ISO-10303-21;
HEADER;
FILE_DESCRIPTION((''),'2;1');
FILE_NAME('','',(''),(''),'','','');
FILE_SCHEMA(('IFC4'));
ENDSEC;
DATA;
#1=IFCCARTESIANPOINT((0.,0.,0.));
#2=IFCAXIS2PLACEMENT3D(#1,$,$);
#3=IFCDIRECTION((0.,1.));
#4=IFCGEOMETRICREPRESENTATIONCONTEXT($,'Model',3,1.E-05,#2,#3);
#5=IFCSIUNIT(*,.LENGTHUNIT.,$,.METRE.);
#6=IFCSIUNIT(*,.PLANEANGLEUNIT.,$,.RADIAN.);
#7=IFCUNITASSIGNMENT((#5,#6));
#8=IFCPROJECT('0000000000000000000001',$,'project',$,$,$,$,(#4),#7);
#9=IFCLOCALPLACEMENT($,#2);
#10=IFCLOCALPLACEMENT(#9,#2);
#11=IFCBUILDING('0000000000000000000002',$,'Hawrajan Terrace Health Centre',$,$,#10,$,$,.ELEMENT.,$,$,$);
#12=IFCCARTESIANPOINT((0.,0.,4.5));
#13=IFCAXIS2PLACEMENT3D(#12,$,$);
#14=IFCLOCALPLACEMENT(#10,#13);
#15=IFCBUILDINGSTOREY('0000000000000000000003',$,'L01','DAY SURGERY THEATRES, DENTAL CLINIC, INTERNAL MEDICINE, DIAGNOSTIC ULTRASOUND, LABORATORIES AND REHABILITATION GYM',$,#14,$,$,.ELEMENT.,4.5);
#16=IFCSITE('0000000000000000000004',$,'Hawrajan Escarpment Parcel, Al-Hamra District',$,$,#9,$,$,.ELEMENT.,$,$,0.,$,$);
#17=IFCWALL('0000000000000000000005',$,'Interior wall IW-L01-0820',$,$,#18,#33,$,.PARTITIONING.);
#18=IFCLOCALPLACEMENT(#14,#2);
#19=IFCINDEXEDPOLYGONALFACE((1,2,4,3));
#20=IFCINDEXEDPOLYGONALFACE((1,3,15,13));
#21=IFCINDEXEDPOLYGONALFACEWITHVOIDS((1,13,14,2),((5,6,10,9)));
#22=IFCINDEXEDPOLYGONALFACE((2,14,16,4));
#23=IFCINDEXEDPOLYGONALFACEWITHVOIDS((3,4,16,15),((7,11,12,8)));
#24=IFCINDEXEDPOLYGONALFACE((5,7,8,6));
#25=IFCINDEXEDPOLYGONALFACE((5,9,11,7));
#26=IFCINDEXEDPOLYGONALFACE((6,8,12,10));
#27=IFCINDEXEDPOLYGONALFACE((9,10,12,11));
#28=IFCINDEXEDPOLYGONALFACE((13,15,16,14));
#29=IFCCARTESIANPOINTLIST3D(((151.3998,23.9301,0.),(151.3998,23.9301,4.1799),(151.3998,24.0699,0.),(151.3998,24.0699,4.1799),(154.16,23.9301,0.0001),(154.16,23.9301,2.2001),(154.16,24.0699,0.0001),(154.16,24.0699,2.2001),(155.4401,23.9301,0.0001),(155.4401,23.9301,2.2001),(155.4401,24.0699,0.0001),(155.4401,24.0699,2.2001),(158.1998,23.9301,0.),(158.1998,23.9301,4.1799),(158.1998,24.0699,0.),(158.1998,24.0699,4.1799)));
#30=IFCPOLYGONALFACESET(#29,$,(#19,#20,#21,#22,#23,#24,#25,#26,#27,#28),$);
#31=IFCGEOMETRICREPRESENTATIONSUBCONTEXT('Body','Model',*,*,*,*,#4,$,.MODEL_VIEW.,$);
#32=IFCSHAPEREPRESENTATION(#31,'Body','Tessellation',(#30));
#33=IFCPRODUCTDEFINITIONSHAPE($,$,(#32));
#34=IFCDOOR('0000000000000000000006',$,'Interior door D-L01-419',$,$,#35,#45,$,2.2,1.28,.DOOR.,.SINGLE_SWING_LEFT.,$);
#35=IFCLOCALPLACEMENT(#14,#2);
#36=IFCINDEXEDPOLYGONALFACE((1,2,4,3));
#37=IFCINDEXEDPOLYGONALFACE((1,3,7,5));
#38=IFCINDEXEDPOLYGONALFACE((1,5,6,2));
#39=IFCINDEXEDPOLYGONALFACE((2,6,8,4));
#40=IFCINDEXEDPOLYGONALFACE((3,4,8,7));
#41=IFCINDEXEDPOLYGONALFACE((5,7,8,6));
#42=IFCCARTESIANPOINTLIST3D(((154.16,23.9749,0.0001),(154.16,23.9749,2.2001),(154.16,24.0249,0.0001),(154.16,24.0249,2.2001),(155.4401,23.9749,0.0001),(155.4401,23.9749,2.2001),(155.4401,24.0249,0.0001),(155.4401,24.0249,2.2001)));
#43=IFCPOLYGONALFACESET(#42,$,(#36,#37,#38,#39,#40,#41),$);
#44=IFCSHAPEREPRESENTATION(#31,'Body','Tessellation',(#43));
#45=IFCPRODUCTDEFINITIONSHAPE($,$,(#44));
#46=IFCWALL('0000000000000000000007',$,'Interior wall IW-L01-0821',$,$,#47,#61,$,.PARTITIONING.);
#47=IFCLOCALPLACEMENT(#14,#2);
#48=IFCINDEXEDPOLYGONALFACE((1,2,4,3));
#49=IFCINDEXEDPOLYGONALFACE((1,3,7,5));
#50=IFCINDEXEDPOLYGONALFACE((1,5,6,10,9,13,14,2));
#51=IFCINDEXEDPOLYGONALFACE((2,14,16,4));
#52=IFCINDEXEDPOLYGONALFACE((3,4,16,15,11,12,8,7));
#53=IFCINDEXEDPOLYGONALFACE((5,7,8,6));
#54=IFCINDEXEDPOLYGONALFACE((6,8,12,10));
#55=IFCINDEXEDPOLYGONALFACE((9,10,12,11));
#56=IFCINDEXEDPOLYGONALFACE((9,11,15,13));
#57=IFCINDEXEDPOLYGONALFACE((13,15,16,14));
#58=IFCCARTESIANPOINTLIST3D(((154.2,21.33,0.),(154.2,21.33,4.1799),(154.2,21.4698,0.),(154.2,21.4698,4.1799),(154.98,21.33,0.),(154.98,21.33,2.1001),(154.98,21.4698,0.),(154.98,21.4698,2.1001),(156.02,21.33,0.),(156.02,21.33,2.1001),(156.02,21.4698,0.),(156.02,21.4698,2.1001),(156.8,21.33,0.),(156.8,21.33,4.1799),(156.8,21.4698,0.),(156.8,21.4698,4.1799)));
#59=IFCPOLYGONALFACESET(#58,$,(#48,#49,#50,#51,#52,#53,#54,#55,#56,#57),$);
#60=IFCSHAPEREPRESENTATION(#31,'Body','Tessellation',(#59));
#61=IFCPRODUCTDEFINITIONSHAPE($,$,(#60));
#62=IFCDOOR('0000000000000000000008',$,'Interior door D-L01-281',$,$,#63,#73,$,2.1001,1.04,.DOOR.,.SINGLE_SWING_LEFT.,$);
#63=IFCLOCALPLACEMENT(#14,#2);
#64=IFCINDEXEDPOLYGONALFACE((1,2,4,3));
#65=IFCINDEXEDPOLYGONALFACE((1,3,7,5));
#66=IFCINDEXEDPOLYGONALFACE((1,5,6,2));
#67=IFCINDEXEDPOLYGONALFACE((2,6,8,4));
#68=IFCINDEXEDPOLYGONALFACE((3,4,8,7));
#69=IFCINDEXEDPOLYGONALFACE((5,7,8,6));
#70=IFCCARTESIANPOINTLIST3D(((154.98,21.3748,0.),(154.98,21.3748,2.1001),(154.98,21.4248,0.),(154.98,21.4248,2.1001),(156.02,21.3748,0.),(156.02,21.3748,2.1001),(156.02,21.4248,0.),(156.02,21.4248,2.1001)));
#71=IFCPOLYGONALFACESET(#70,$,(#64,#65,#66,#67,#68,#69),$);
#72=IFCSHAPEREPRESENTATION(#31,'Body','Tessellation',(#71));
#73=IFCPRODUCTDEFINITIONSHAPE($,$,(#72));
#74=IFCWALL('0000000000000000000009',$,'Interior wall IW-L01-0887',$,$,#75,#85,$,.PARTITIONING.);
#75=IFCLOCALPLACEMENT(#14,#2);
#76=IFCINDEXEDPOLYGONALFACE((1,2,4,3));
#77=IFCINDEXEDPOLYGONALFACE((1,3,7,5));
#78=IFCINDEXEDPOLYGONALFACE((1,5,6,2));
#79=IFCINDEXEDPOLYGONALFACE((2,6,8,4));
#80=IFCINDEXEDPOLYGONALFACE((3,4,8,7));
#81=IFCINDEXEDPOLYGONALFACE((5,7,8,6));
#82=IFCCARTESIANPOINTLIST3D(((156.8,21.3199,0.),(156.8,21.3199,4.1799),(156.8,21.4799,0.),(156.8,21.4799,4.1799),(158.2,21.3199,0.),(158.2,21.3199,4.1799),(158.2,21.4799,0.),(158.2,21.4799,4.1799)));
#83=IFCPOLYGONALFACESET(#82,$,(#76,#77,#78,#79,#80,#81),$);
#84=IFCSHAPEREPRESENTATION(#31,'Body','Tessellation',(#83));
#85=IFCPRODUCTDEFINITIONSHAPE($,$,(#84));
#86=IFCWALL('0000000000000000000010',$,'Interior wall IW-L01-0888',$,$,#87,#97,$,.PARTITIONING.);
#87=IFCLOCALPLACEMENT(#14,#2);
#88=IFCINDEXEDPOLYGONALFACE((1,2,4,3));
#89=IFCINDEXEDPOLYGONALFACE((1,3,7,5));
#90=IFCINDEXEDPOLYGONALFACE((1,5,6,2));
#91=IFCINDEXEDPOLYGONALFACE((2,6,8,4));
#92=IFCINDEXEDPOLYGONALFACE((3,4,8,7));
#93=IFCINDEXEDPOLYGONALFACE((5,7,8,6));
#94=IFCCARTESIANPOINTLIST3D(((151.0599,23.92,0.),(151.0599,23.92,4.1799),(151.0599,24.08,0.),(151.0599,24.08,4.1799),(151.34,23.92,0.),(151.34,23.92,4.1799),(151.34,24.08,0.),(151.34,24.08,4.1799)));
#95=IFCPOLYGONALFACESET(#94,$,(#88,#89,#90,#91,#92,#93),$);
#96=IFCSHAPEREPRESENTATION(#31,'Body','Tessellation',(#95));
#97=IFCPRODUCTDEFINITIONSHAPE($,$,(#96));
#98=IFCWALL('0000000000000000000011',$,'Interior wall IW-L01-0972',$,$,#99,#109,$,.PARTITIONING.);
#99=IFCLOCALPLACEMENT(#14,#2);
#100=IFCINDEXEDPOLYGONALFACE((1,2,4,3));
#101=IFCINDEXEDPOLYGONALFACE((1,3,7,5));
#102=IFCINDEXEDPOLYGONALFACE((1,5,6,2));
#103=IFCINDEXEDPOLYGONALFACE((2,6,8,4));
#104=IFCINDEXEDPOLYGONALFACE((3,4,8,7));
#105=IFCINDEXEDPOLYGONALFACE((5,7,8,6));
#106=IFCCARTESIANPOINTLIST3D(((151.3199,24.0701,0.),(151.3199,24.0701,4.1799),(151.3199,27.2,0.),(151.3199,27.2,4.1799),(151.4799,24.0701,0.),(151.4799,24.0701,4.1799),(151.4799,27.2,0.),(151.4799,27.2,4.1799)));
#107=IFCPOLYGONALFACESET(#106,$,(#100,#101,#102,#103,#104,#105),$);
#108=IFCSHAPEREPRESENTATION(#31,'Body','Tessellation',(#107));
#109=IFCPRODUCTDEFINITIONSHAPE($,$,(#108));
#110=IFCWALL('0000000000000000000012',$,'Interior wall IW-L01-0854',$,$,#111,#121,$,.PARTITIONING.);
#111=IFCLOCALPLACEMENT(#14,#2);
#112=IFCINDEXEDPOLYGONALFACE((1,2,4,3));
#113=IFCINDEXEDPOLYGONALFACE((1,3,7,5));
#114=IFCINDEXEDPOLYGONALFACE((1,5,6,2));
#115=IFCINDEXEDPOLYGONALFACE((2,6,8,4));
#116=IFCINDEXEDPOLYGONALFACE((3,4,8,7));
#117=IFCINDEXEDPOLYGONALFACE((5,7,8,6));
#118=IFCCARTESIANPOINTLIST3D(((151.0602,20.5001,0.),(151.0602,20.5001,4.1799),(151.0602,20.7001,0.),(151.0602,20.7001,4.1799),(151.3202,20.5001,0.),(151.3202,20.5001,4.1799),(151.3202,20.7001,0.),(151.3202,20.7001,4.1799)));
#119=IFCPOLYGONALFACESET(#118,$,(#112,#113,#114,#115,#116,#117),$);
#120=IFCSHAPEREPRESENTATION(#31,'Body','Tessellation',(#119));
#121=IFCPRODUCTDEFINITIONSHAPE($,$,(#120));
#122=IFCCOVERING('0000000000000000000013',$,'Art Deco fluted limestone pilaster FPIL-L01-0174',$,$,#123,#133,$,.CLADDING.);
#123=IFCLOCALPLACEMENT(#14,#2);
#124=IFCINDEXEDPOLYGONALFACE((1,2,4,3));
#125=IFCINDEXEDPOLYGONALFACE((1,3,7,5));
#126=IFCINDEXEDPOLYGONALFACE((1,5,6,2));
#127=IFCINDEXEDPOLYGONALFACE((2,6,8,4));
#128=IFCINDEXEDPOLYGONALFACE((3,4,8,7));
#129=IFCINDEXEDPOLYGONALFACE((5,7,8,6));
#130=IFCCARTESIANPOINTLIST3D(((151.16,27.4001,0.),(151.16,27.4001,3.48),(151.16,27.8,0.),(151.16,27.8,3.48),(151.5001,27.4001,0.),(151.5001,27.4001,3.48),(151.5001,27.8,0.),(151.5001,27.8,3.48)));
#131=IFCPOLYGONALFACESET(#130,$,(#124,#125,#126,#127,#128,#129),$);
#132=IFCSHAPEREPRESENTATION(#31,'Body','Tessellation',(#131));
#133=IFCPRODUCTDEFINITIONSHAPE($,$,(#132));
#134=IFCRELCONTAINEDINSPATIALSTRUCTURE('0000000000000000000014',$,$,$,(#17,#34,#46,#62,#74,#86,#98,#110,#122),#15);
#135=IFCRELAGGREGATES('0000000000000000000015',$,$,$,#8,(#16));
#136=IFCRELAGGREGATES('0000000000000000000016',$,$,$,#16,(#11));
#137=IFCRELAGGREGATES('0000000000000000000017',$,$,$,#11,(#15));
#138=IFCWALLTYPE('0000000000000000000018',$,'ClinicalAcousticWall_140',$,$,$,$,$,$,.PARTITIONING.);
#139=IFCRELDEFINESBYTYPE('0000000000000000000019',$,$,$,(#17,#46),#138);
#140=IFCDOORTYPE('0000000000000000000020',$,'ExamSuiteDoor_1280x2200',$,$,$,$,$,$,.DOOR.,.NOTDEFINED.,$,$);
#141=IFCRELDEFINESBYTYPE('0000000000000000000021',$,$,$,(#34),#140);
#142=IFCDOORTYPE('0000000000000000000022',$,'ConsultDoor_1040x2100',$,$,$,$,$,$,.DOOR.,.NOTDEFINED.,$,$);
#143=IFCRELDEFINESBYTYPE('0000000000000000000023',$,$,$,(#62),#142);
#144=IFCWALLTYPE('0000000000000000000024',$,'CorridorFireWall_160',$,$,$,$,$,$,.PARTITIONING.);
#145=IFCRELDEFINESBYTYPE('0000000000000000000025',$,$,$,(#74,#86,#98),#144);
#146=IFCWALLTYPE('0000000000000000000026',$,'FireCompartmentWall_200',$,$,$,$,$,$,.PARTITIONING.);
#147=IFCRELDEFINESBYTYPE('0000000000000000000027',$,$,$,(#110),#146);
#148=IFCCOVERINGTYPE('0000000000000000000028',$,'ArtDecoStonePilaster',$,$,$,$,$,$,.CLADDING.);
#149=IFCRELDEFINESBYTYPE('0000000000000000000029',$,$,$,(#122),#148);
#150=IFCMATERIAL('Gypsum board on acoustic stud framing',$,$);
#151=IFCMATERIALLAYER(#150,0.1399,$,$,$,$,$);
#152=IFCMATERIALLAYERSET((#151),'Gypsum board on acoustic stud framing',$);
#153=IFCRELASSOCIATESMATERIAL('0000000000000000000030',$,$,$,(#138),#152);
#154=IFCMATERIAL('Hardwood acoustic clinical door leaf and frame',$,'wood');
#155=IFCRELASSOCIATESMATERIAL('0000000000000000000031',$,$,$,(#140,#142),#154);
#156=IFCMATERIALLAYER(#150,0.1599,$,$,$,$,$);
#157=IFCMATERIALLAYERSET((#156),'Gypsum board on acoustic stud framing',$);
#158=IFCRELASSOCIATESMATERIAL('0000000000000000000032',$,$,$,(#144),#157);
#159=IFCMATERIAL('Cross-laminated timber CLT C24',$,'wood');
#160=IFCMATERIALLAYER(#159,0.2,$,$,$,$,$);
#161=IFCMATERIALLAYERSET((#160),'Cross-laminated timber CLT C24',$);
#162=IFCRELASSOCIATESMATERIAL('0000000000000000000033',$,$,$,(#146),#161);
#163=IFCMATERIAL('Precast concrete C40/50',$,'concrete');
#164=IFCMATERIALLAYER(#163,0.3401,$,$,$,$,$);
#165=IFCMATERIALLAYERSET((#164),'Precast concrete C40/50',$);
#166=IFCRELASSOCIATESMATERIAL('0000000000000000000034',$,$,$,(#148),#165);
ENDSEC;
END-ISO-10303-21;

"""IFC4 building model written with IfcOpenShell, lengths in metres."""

from ifc_helpers import new_model, si_unit, direction, frame, frame_2d, origin, origin_2d, place, context, subcontext, project, spatial, rectangle, extrude, material, layer, layer_set, type_object, element, fill, save


model = new_model("IFC4")

# Units and contexts
model_context = context("Model", 3, precision=1e-05, world=origin(), true_north=direction((0.0, 1.0)))
body_context = subcontext(model_context, "Body", "Model", "MODEL_VIEW")
ifc_project = project(units=[si_unit("LENGTHUNIT", "METRE"), si_unit("PLANEANGLEUNIT", "RADIAN")], contexts=[model_context])

# Site, building, storey
site_placement = place(None, origin())
site = spatial("IfcSite", under=ifc_project, at=site_placement, Name="Hawrajan Escarpment Parcel, Al-Hamra District", CompositionType="ELEMENT", RefElevation=0.0)
building_placement = place(site_placement, origin())
building = spatial("IfcBuilding", under=site, at=building_placement, Name="Hawrajan Terrace Health Centre", CompositionType="ELEMENT")
storey_placement = place(building_placement, frame((0.0, 0.0, 4.5)))
storey = spatial("IfcBuildingStorey", under=building, at=storey_placement, Name="L01", Description="DAY SURGERY THEATRES, DENTAL CLINIC, INTERNAL MEDICINE, DIAGNOSTIC ULTRASOUND, LABORATORIES AND REHABILITATION GYM", CompositionType="ELEMENT", Elevation=4.5)

# Walls, openings, doors
ifc_material_1 = material(Name="Gypsum board on acoustic stud framing")
ifc_layer_1 = layer(ifc_material_1, 0.1399)
ifc_layer_set_1 = layer_set([ifc_layer_1], Name="Gypsum board on acoustic stud framing")
wall_type_1 = type_object("IfcWallType", Name="ClinicalAcousticWall_140", PredefinedType="PARTITIONING", material=ifc_layer_set_1)
wall_1_placement = place(storey_placement, frame((151.3999, 24.0, 0.0), z_axis=(0.0, 0.0, 1.0), x_axis=(1.0, 0.0, 0.0)))
wall_1 = element("IfcWall", 1, at=wall_1_placement, inside=storey, type_object=wall_type_1, Name="Interior wall IW-L01-0820", PredefinedType="PARTITIONING", context=body_context, shape_type="SweptSolid", body=[
    extrude(rectangle(XDim=6.8, YDim=0.1399, at=frame_2d((3.3999, 0.0))), origin(), (0.0, 0.0, 1.0), 4.1799),
])
opening_1_placement = place(wall_1_placement, frame((2.76, 0.0, 0.0)))
opening_1 = element("IfcOpeningElement", 2, at=opening_1_placement, cuts=wall_1, PredefinedType="OPENING", context=body_context, shape_type="SweptSolid", body=[
    extrude(rectangle(XDim=1.28, YDim=2.2, at=frame_2d((0.6401, 1.1001))), frame((0.0, 0.0798, 0.0), z_axis=(0.0, -1.0, 0.0), x_axis=(1.0, 0.0, 0.0)), (0.0, 0.0, 1.0), 0.1599),
])
ifc_material_2 = material(Name="Hardwood acoustic clinical door leaf and frame", Category="wood")
door_type_1 = type_object("IfcDoorType", Name="ExamSuiteDoor_1280x2200", OperationType="NOTDEFINED", PredefinedType="DOOR", material=ifc_material_2)
door_1_placement = place(opening_1_placement, origin())
door_1 = element("IfcDoor", 3, at=door_1_placement, inside=storey, type_object=door_type_1, Name="Interior door D-L01-419", OperationType="SINGLE_SWING_LEFT", OverallHeight=2.2, OverallWidth=1.28, PredefinedType="DOOR", context=body_context, shape_type="SweptSolid", body=[
    extrude(rectangle(XDim=1.28, YDim=2.2, at=frame_2d((0.6401, 1.1001))), frame((0.0, 0.0249, 0.0), z_axis=(0.0, -1.0, 0.0), x_axis=(1.0, 0.0, 0.0)), (0.0, 0.0, 1.0), 0.05),
])
fill(opening_1, door_1)
wall_2_placement = place(storey_placement, frame((154.2, 21.3999, 0.0), z_axis=(0.0, 0.0, 1.0), x_axis=(1.0, 0.0, 0.0)))
wall_2 = element("IfcWall", 4, at=wall_2_placement, inside=storey, type_object=wall_type_1, Name="Interior wall IW-L01-0821", PredefinedType="PARTITIONING", context=body_context, shape_type="SweptSolid", body=[
    extrude(rectangle(XDim=2.6001, YDim=0.1399, at=frame_2d((1.3, 0.0))), origin(), (0.0, 0.0, 1.0), 4.1799),
])
opening_2_placement = place(wall_2_placement, frame((0.78, 0.0, 0.0)))
opening_2 = element("IfcOpeningElement", 5, at=opening_2_placement, cuts=wall_2, PredefinedType="OPENING", context=body_context, shape_type="SweptSolid", body=[
    extrude(rectangle(XDim=1.04, YDim=2.1001, at=frame_2d((0.52, 1.05))), frame((0.0, 0.0798, 0.0), z_axis=(0.0, -1.0, 0.0), x_axis=(1.0, 0.0, 0.0)), (0.0, 0.0, 1.0), 0.1599),
])
door_type_2 = type_object("IfcDoorType", Name="ConsultDoor_1040x2100", OperationType="NOTDEFINED", PredefinedType="DOOR", material=ifc_material_2)
door_2_placement = place(opening_2_placement, origin())
door_2 = element("IfcDoor", 6, at=door_2_placement, inside=storey, type_object=door_type_2, Name="Interior door D-L01-281", OperationType="SINGLE_SWING_LEFT", OverallHeight=2.1001, OverallWidth=1.04, PredefinedType="DOOR", context=body_context, shape_type="SweptSolid", body=[
    extrude(rectangle(XDim=1.04, YDim=2.1001, at=frame_2d((0.52, 1.05))), frame((0.0, 0.0249, 0.0), z_axis=(0.0, -1.0, 0.0), x_axis=(1.0, 0.0, 0.0)), (0.0, 0.0, 1.0), 0.05),
])
fill(opening_2, door_2)

# Walls
ifc_layer_2 = layer(ifc_material_1, 0.1599)
ifc_layer_set_2 = layer_set([ifc_layer_2], Name="Gypsum board on acoustic stud framing")
wall_type_2 = type_object("IfcWallType", Name="CorridorFireWall_160", PredefinedType="PARTITIONING", material=ifc_layer_set_2)
wall_3_placement = place(storey_placement, frame((156.8, 21.3999, 0.0), z_axis=(0.0, 0.0, 1.0), x_axis=(1.0, 0.0, 0.0)))
element("IfcWall", 7, at=wall_3_placement, inside=storey, type_object=wall_type_2, Name="Interior wall IW-L01-0887", PredefinedType="PARTITIONING", context=body_context, shape_type="SweptSolid", body=[
    extrude(rectangle(XDim=1.3999, YDim=0.1599, at=frame_2d((0.7, 0.0))), origin(), (0.0, 0.0, 1.0), 4.1799),
])
wall_4_placement = place(storey_placement, frame((151.3401, 24.0, 0.0), z_axis=(0.0, 0.0, 1.0), x_axis=(-1.0, 0.0, 0.0)))
element("IfcWall", 8, at=wall_4_placement, inside=storey, type_object=wall_type_2, Name="Interior wall IW-L01-0888", PredefinedType="PARTITIONING", context=body_context, shape_type="SweptSolid", body=[
    extrude(rectangle(XDim=0.28, YDim=0.1599, at=frame_2d((0.1401, 0.0))), origin(), (0.0, 0.0, 1.0), 4.1799),
])
wall_5_placement = place(storey_placement, frame((151.3999, 24.0701, 0.0), z_axis=(0.0, 0.0, 1.0), x_axis=(0.0, 1.0, 0.0)))
element("IfcWall", 9, at=wall_5_placement, inside=storey, type_object=wall_type_2, Name="Interior wall IW-L01-0972", PredefinedType="PARTITIONING", context=body_context, shape_type="SweptSolid", body=[
    extrude(rectangle(XDim=3.1299, YDim=0.1599, at=frame_2d((1.5649, 0.0))), origin(), (0.0, 0.0, 1.0), 4.1799),
])
ifc_material_3 = material(Name="Cross-laminated timber CLT C24", Category="wood")
ifc_layer_3 = layer(ifc_material_3, 0.2)
ifc_layer_set_3 = layer_set([ifc_layer_3], Name="Cross-laminated timber CLT C24")
wall_type_3 = type_object("IfcWallType", Name="FireCompartmentWall_200", PredefinedType="PARTITIONING", material=ifc_layer_set_3)
wall_6_placement = place(storey_placement, frame((151.3201, 20.6001, 0.0), z_axis=(0.0, 0.0, 1.0), x_axis=(-1.0, 0.0, 0.0)))
element("IfcWall", 10, at=wall_6_placement, inside=storey, type_object=wall_type_3, Name="Interior wall IW-L01-0854", PredefinedType="PARTITIONING", context=body_context, shape_type="SweptSolid", body=[
    extrude(rectangle(XDim=0.26, YDim=0.2, at=frame_2d((0.1299, 0.0))), origin(), (0.0, 0.0, 1.0), 4.1799),
])

# Covering
ifc_material_4 = material(Name="Precast concrete C40/50", Category="concrete")
ifc_layer_4 = layer(ifc_material_4, 0.3401)
ifc_layer_set_4 = layer_set([ifc_layer_4], Name="Precast concrete C40/50")
covering_type = type_object("IfcCoveringType", Name="ArtDecoStonePilaster", PredefinedType="CLADDING", material=ifc_layer_set_4)
covering_placement = place(storey_placement, frame((151.3301, 27.6001, 0.0), z_axis=(0.0, 0.0, 1.0), x_axis=(0.0, 1.0, 0.0)))
element("IfcCovering", 11, at=covering_placement, inside=storey, type_object=covering_type, Name="Art Deco fluted limestone pilaster FPIL-L01-0174", PredefinedType="CLADDING", context=body_context, shape_type="SweptSolid", body=[
    extrude(rectangle(XDim=0.3999, YDim=0.3401, at=origin_2d()), origin(), (0.0, 0.0, 1.0), 3.48),
])

save(model, "model.ifc")
